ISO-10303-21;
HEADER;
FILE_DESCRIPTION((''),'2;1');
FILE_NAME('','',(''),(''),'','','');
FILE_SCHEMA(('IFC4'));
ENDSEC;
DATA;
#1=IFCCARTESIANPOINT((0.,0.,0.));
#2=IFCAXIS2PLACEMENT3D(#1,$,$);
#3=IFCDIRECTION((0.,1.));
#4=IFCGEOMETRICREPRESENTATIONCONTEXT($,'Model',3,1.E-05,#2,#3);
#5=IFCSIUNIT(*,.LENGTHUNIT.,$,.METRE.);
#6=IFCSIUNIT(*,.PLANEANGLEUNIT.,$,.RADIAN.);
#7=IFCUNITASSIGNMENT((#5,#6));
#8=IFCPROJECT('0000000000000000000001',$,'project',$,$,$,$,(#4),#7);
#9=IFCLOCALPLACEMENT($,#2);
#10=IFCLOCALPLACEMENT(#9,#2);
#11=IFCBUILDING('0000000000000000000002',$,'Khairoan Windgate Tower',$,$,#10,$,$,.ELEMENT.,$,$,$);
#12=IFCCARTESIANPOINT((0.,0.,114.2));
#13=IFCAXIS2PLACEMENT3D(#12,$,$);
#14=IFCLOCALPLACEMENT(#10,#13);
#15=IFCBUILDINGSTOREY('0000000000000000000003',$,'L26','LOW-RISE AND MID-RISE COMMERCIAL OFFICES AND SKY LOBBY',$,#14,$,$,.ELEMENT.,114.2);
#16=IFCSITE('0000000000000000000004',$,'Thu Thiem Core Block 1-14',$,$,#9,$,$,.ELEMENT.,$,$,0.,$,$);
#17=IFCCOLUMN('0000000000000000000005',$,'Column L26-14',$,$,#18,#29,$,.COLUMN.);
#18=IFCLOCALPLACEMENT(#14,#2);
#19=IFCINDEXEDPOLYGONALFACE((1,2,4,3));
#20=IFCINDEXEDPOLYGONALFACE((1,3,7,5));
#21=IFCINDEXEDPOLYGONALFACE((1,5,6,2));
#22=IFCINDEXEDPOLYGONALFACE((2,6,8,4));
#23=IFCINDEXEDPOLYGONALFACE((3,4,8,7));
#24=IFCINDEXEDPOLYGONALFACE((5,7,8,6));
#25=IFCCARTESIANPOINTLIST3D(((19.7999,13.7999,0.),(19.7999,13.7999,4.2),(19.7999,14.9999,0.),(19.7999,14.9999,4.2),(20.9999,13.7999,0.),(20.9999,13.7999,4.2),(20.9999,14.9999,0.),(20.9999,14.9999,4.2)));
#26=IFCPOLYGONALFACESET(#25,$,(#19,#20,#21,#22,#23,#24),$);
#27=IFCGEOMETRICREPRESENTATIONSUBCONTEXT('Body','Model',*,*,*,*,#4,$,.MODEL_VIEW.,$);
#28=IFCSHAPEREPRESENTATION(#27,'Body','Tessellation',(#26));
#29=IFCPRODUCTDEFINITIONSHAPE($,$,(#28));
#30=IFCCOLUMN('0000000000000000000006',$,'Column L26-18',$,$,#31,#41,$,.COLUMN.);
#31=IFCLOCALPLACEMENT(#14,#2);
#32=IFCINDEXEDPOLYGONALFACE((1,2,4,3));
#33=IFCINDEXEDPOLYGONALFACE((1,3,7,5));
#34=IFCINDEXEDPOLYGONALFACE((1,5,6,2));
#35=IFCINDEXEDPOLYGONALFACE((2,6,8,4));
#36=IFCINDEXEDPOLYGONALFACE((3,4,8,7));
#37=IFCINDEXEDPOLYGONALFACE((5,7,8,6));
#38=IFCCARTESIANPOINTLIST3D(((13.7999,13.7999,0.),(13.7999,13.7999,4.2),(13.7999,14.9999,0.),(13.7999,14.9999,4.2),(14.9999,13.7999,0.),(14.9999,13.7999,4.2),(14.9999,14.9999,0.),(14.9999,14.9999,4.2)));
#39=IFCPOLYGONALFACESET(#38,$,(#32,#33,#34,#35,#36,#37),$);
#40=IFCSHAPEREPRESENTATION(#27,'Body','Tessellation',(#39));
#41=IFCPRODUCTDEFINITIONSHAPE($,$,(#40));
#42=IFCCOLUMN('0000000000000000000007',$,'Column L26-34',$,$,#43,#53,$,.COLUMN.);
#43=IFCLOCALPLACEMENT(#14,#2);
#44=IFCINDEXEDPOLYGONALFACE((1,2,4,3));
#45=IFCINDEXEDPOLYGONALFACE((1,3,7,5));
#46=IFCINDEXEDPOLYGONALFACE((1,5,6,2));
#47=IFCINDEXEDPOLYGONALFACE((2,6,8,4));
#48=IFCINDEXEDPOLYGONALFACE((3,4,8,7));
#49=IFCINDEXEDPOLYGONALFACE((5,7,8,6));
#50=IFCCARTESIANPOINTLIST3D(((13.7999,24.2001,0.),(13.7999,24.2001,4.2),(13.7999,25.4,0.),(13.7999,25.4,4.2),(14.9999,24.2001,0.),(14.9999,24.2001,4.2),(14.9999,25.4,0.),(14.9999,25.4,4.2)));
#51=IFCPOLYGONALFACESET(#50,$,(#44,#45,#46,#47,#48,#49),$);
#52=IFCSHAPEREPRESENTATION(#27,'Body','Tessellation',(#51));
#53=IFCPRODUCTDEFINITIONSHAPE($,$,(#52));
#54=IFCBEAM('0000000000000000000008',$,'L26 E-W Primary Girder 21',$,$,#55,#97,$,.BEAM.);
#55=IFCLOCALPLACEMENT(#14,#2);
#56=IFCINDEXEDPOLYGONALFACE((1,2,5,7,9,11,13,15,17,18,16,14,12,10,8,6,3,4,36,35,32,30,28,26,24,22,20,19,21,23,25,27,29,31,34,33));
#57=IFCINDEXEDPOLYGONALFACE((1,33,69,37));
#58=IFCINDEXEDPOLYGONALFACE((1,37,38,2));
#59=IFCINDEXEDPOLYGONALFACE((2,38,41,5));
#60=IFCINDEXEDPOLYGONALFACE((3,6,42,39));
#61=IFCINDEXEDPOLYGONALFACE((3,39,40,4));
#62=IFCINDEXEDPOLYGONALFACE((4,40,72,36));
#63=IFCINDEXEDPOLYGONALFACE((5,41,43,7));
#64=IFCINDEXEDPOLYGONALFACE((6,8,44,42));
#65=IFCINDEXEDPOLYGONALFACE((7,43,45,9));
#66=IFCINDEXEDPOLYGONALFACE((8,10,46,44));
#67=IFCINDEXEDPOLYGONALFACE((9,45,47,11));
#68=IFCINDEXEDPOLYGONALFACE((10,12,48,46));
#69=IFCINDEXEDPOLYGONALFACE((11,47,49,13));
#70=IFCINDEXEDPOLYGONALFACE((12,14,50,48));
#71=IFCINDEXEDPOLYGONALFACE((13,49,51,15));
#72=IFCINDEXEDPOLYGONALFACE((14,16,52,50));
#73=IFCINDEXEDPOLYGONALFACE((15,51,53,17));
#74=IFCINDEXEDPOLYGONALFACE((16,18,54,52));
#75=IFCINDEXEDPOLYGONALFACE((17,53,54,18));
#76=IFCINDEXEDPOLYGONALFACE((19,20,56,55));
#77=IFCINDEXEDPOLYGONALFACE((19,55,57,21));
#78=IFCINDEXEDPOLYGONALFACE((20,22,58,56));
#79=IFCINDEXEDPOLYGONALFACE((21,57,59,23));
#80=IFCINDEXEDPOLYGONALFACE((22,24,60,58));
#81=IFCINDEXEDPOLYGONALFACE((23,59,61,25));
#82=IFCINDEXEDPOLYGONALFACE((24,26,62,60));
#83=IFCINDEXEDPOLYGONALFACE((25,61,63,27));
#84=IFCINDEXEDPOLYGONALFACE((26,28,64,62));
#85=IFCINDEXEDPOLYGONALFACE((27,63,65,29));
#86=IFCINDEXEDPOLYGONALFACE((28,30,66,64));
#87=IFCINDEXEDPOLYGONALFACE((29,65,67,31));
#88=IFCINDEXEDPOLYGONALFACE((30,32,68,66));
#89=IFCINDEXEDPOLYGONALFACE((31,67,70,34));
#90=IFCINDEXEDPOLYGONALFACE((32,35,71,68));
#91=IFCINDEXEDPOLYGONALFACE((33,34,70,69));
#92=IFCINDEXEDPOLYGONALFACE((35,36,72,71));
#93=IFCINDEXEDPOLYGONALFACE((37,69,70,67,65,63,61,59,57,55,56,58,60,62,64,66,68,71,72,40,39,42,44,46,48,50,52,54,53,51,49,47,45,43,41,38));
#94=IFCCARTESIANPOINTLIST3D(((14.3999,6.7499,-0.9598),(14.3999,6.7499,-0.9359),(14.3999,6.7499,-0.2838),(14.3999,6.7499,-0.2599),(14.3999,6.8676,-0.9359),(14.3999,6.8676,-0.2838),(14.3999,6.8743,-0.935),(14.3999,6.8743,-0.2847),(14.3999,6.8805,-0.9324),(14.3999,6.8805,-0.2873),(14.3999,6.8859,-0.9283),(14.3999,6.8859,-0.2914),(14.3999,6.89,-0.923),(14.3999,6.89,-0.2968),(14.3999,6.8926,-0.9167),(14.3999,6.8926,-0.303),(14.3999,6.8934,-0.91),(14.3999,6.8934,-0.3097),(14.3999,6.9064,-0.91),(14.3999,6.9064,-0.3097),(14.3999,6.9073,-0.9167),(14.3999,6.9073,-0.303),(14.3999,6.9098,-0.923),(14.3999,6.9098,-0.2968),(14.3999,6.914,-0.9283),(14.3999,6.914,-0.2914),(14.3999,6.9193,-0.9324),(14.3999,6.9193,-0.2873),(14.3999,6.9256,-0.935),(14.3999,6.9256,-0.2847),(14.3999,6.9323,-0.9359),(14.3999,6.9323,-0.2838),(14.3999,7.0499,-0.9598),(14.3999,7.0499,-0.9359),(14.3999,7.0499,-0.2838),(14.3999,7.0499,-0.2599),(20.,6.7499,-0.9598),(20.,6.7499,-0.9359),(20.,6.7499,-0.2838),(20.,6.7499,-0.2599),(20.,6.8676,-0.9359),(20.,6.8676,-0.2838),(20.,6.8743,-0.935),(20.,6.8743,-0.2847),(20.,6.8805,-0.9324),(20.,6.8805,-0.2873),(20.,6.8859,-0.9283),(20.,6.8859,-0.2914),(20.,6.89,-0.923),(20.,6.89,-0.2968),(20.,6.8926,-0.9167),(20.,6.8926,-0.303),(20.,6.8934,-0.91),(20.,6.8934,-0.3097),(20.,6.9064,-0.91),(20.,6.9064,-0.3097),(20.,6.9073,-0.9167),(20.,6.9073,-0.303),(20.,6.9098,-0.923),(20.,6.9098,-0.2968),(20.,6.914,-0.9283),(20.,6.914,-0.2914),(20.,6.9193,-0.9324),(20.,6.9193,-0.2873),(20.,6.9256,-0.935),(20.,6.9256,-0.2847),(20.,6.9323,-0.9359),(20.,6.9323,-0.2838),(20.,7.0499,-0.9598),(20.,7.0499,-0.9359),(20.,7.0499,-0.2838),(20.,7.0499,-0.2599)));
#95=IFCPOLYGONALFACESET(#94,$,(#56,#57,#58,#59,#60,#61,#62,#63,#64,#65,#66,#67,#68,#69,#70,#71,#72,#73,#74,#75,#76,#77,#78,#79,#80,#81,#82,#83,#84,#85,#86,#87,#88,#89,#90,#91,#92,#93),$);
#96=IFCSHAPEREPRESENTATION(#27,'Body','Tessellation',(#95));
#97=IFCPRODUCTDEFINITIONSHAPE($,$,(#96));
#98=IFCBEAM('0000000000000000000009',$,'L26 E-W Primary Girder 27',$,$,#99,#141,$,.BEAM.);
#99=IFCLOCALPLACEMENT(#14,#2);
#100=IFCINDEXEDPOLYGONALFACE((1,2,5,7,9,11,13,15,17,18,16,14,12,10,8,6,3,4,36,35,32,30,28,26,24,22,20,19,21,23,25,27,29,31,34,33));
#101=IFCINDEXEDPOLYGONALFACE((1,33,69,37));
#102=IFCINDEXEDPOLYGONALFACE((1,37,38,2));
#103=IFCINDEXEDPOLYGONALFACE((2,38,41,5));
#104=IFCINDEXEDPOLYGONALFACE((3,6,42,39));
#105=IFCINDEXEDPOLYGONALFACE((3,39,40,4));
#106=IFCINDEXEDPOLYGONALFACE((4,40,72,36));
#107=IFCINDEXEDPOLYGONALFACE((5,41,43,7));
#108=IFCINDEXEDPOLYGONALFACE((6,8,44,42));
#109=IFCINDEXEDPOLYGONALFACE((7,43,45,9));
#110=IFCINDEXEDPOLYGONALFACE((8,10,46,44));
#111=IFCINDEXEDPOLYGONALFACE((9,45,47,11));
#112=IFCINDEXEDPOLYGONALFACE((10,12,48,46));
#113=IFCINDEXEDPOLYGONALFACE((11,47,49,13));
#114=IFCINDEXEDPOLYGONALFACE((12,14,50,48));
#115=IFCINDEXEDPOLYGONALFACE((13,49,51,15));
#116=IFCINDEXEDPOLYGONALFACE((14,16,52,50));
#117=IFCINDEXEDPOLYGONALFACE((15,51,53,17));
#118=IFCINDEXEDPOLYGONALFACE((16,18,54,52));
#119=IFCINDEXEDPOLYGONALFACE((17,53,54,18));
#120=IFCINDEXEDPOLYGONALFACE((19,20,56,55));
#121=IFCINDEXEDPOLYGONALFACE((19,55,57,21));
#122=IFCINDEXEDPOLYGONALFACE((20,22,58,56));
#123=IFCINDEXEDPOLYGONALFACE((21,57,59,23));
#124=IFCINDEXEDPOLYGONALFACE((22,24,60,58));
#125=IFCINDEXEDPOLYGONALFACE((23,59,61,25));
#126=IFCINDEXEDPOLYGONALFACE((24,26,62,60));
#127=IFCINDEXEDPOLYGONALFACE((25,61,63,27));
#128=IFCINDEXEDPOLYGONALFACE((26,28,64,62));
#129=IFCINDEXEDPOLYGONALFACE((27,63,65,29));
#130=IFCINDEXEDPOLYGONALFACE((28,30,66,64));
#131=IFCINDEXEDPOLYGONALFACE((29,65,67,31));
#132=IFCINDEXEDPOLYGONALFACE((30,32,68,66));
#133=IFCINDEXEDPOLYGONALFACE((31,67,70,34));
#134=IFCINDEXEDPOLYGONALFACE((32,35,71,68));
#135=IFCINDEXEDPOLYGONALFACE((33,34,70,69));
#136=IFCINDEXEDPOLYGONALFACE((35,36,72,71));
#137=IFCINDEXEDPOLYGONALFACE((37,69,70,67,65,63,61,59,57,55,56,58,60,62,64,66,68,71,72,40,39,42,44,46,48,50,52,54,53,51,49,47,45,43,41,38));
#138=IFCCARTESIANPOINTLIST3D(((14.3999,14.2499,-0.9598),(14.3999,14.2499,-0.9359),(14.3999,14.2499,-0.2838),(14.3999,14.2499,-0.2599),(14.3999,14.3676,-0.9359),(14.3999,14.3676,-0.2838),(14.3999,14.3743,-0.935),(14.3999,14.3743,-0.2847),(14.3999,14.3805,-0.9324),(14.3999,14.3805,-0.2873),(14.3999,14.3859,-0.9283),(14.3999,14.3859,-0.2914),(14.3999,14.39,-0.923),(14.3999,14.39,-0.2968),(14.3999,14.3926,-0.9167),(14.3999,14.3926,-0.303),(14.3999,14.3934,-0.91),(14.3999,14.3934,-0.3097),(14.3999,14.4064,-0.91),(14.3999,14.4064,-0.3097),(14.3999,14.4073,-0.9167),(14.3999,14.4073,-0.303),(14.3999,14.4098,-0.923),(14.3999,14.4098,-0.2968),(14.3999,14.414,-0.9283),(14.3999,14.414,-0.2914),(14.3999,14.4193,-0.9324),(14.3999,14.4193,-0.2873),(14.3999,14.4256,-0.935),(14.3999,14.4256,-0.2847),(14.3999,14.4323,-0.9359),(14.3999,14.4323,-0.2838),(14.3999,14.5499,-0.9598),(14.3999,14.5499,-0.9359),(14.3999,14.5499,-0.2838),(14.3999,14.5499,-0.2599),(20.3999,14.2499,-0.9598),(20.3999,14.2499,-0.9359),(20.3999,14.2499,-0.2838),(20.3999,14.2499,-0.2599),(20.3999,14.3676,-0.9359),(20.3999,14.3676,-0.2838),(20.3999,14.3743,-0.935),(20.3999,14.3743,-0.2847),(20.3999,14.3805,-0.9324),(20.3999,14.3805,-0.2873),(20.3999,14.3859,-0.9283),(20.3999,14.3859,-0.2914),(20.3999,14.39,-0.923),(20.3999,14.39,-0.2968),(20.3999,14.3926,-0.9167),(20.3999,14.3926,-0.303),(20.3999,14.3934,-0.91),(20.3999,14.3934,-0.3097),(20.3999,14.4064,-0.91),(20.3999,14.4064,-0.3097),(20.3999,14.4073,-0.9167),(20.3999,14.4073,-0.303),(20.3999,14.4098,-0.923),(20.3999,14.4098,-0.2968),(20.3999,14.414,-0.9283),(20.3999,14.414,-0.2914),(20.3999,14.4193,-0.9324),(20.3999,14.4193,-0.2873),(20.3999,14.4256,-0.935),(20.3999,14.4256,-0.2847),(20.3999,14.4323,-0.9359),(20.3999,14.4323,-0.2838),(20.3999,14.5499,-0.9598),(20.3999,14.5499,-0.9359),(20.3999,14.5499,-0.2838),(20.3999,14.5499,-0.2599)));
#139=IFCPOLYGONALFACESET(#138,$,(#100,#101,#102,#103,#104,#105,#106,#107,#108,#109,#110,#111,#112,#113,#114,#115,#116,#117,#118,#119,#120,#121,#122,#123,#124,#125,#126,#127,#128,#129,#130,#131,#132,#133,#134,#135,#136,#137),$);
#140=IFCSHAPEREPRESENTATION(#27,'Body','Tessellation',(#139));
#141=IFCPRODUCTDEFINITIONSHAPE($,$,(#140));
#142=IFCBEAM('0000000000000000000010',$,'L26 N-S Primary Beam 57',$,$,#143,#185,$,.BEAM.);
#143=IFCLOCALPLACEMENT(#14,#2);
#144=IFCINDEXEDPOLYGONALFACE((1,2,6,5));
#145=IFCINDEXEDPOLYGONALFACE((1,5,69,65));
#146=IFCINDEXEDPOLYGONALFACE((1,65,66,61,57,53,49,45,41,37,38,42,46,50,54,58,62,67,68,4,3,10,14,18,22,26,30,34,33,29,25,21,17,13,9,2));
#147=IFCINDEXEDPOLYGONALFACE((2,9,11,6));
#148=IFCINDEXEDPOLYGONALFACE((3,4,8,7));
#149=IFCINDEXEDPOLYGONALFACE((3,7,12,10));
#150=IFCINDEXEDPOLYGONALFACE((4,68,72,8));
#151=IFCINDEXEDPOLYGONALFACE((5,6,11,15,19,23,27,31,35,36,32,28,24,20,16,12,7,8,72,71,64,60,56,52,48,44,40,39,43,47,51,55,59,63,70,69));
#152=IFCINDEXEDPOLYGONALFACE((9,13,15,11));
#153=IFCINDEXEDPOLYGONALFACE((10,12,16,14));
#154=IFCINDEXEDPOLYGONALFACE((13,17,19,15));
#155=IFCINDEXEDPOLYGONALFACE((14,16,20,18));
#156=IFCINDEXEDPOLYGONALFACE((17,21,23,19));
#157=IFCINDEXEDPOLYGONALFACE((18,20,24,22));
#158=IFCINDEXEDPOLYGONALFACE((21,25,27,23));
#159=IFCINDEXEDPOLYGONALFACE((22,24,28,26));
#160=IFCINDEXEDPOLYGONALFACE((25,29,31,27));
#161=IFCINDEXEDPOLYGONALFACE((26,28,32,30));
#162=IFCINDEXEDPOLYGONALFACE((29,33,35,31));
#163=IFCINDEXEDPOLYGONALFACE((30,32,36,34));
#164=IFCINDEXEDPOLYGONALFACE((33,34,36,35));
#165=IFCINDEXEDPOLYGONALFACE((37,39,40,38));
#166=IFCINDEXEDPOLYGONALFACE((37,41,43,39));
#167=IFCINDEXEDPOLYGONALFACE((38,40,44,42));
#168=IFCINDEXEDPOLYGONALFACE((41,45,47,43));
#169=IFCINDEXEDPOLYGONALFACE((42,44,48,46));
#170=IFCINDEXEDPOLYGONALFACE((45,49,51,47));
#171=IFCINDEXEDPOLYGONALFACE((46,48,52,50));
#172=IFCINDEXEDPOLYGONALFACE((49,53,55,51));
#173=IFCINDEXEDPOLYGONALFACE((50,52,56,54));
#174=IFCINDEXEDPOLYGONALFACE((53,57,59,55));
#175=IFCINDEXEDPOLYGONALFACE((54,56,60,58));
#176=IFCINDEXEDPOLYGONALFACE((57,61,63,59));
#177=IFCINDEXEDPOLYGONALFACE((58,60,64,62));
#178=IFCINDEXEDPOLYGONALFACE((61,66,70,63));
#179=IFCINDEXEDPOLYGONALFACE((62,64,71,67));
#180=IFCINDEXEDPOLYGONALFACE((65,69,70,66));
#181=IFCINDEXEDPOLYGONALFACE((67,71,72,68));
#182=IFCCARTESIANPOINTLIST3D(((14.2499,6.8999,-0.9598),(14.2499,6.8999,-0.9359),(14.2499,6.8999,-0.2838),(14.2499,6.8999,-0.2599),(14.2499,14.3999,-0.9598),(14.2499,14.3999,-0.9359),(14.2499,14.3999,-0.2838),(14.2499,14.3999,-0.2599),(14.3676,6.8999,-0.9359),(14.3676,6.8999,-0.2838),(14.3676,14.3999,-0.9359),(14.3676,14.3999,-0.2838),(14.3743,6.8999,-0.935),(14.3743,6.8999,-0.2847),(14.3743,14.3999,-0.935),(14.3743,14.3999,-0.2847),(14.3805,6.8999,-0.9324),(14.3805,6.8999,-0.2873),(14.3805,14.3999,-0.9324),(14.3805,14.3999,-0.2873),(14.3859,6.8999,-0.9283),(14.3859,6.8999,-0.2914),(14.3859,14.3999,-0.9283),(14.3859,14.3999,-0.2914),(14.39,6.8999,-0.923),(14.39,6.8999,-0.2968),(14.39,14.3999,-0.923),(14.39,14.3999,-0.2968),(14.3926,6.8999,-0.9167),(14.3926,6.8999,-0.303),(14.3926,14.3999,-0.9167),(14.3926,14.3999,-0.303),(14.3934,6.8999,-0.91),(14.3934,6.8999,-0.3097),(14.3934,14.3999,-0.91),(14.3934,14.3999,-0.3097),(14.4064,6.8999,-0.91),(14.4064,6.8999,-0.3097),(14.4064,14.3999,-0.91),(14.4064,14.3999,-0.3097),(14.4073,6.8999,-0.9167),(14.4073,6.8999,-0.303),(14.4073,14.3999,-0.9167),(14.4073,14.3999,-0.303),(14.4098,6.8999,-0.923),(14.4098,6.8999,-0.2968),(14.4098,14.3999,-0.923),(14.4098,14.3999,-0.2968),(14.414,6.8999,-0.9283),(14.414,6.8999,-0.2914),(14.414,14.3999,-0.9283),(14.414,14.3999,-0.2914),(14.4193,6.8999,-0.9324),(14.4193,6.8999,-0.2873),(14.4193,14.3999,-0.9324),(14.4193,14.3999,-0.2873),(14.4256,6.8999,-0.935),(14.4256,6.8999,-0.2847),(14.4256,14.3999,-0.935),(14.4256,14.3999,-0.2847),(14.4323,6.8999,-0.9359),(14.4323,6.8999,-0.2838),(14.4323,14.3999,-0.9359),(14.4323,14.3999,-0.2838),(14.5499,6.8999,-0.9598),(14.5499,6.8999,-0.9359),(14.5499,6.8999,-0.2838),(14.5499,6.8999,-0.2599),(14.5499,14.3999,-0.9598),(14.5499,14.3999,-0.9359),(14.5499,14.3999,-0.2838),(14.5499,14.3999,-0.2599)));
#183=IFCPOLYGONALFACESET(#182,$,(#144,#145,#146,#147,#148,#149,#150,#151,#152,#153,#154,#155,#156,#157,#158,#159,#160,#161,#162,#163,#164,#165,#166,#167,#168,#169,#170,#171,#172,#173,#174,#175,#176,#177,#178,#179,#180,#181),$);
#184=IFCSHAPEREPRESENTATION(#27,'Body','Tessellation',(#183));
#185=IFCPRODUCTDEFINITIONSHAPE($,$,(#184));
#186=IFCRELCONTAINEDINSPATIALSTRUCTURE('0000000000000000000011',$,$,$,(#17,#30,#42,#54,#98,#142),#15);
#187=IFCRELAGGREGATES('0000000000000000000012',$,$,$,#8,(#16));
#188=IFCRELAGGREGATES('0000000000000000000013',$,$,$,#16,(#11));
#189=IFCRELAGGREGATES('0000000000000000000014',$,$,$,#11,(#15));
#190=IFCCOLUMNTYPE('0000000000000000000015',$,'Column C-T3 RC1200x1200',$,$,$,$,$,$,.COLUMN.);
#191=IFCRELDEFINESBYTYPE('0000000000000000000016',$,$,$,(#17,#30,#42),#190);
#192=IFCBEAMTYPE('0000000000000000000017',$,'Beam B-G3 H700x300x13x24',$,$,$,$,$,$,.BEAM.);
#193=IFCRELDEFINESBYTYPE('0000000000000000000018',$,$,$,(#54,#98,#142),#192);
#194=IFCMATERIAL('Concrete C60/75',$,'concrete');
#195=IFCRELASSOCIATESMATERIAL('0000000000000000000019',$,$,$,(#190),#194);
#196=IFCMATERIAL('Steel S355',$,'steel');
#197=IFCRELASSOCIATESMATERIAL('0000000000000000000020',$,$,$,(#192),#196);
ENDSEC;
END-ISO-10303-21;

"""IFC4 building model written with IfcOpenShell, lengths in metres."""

from ifc_helpers import new_model, si_unit, direction, frame, origin, origin_2d, place, context, subcontext, project, spatial, rectangle, i_section, extrude, material, material_profile, profile_set, type_object, element, save


model = new_model("IFC4")

# Units and contexts
model_context = context("Model", 3, precision=1e-05, world=origin(), true_north=direction((0.0, 1.0)))
body_context = subcontext(model_context, "Body", "Model", "MODEL_VIEW")
ifc_project = project(units=[si_unit("LENGTHUNIT", "METRE"), si_unit("PLANEANGLEUNIT", "RADIAN")], contexts=[model_context])

# Site, building, storey
site_placement = place(None, origin())
site = spatial("IfcSite", under=ifc_project, at=site_placement, Name="Thu Thiem Core Block 1-14", CompositionType="ELEMENT", RefElevation=0.0)
building_placement = place(site_placement, origin())
building = spatial("IfcBuilding", under=site, at=building_placement, Name="Khairoan Windgate Tower", CompositionType="ELEMENT")
storey_placement = place(building_placement, frame((0.0, 0.0, 114.2)))
storey = spatial("IfcBuildingStorey", under=building, at=storey_placement, Name="L26", Description="LOW-RISE AND MID-RISE COMMERCIAL OFFICES AND SKY LOBBY", CompositionType="ELEMENT", Elevation=114.2)

# Columns
ifc_material_1 = material(Name="Concrete C60/75", Category="concrete")
ifc_material_profile_1 = material_profile(ifc_material_1, rectangle(XDim=1.2, YDim=1.2, at=origin_2d()))
ifc_profile_set_1 = profile_set([ifc_material_profile_1], Name="Concrete C60/75")
column_type = type_object("IfcColumnType", Name="Column C-T3 RC1200x1200", PredefinedType="COLUMN", material=ifc_profile_set_1)
for number, where, z_axis, x_axis, name in (
    (1, (20.3999, 14.3999, 0.0), (0.0, 0.0, 1.0), (1.0, 0.0, 0.0), "Column L26-14"),
    (2, (14.3999, 14.3999, 0.0), (0.0, 0.0, 1.0), (1.0, 0.0, 0.0), "Column L26-18"),
    (3, (14.3999, 24.8, 0.0), (0.0, 0.0, 1.0), (1.0, 0.0, 0.0), "Column L26-34"),
):
    element("IfcColumn", number, at=place(storey_placement, frame(where, z_axis=z_axis, x_axis=x_axis)), inside=storey, type_object=column_type, Name=name, PredefinedType="COLUMN", context=body_context, shape_type="SweptSolid", body=[
        extrude(rectangle(XDim=1.2, YDim=1.2, at=origin_2d()), origin(), (0.0, 0.0, 1.0), 4.2),
    ])

# Beams
ifc_material_2 = material(Name="Steel S355", Category="steel")
ifc_material_profile_2 = material_profile(ifc_material_2, i_section(OverallWidth=0.3, OverallDepth=0.7, WebThickness=0.0129, FlangeThickness=0.0239, FilletRadius=0.0259, at=origin_2d()))
ifc_profile_set_2 = profile_set([ifc_material_profile_2], Name="Steel S355")
beam_type_1 = type_object("IfcBeamType", Name="Beam B-G3 H700x300x13x24", PredefinedType="BEAM", material=ifc_profile_set_2)
beam_1_placement = place(storey_placement, frame((14.3999, 6.8999, -0.6099), z_axis=(1.0, 0.0, 0.0), x_axis=(0.0, 1.0, 0.0)))
element("IfcBeam", 4, at=beam_1_placement, inside=storey, type_object=beam_type_1, Name="L26 E-W Primary Girder 21", PredefinedType="BEAM", context=body_context, shape_type="SweptSolid", body=[
    extrude(i_section(OverallWidth=0.3, OverallDepth=0.7, WebThickness=0.0129, FlangeThickness=0.0239, FilletRadius=0.0259, at=origin_2d()), origin(), (0.0, 0.0, 1.0), 5.6001),
])
beam_2_placement = place(storey_placement, frame((14.3999, 14.3999, -0.6099), z_axis=(1.0, 0.0, 0.0), x_axis=(0.0, 1.0, 0.0)))
element("IfcBeam", 5, at=beam_2_placement, inside=storey, type_object=beam_type_1, Name="L26 E-W Primary Girder 27", PredefinedType="BEAM", context=body_context, shape_type="SweptSolid", body=[
    extrude(i_section(OverallWidth=0.3, OverallDepth=0.7, WebThickness=0.0129, FlangeThickness=0.0239, FilletRadius=0.0259, at=origin_2d()), origin(), (0.0, 0.0, 1.0), 6.0),
])
beam_3_placement = place(storey_placement, frame((14.3999, 6.8999, -0.6099), z_axis=(0.0, 1.0, 0.0), x_axis=(-1.0, 0.0, 0.0)))
element("IfcBeam", 6, at=beam_3_placement, inside=storey, type_object=beam_type_1, Name="L26 N-S Primary Beam 57", PredefinedType="BEAM", context=body_context, shape_type="SweptSolid", body=[
    extrude(i_section(OverallWidth=0.3, OverallDepth=0.7, WebThickness=0.0129, FlangeThickness=0.0239, FilletRadius=0.0259, at=origin_2d()), origin(), (0.0, 0.0, 1.0), 7.5),
])

save(model, "model.ifc")
